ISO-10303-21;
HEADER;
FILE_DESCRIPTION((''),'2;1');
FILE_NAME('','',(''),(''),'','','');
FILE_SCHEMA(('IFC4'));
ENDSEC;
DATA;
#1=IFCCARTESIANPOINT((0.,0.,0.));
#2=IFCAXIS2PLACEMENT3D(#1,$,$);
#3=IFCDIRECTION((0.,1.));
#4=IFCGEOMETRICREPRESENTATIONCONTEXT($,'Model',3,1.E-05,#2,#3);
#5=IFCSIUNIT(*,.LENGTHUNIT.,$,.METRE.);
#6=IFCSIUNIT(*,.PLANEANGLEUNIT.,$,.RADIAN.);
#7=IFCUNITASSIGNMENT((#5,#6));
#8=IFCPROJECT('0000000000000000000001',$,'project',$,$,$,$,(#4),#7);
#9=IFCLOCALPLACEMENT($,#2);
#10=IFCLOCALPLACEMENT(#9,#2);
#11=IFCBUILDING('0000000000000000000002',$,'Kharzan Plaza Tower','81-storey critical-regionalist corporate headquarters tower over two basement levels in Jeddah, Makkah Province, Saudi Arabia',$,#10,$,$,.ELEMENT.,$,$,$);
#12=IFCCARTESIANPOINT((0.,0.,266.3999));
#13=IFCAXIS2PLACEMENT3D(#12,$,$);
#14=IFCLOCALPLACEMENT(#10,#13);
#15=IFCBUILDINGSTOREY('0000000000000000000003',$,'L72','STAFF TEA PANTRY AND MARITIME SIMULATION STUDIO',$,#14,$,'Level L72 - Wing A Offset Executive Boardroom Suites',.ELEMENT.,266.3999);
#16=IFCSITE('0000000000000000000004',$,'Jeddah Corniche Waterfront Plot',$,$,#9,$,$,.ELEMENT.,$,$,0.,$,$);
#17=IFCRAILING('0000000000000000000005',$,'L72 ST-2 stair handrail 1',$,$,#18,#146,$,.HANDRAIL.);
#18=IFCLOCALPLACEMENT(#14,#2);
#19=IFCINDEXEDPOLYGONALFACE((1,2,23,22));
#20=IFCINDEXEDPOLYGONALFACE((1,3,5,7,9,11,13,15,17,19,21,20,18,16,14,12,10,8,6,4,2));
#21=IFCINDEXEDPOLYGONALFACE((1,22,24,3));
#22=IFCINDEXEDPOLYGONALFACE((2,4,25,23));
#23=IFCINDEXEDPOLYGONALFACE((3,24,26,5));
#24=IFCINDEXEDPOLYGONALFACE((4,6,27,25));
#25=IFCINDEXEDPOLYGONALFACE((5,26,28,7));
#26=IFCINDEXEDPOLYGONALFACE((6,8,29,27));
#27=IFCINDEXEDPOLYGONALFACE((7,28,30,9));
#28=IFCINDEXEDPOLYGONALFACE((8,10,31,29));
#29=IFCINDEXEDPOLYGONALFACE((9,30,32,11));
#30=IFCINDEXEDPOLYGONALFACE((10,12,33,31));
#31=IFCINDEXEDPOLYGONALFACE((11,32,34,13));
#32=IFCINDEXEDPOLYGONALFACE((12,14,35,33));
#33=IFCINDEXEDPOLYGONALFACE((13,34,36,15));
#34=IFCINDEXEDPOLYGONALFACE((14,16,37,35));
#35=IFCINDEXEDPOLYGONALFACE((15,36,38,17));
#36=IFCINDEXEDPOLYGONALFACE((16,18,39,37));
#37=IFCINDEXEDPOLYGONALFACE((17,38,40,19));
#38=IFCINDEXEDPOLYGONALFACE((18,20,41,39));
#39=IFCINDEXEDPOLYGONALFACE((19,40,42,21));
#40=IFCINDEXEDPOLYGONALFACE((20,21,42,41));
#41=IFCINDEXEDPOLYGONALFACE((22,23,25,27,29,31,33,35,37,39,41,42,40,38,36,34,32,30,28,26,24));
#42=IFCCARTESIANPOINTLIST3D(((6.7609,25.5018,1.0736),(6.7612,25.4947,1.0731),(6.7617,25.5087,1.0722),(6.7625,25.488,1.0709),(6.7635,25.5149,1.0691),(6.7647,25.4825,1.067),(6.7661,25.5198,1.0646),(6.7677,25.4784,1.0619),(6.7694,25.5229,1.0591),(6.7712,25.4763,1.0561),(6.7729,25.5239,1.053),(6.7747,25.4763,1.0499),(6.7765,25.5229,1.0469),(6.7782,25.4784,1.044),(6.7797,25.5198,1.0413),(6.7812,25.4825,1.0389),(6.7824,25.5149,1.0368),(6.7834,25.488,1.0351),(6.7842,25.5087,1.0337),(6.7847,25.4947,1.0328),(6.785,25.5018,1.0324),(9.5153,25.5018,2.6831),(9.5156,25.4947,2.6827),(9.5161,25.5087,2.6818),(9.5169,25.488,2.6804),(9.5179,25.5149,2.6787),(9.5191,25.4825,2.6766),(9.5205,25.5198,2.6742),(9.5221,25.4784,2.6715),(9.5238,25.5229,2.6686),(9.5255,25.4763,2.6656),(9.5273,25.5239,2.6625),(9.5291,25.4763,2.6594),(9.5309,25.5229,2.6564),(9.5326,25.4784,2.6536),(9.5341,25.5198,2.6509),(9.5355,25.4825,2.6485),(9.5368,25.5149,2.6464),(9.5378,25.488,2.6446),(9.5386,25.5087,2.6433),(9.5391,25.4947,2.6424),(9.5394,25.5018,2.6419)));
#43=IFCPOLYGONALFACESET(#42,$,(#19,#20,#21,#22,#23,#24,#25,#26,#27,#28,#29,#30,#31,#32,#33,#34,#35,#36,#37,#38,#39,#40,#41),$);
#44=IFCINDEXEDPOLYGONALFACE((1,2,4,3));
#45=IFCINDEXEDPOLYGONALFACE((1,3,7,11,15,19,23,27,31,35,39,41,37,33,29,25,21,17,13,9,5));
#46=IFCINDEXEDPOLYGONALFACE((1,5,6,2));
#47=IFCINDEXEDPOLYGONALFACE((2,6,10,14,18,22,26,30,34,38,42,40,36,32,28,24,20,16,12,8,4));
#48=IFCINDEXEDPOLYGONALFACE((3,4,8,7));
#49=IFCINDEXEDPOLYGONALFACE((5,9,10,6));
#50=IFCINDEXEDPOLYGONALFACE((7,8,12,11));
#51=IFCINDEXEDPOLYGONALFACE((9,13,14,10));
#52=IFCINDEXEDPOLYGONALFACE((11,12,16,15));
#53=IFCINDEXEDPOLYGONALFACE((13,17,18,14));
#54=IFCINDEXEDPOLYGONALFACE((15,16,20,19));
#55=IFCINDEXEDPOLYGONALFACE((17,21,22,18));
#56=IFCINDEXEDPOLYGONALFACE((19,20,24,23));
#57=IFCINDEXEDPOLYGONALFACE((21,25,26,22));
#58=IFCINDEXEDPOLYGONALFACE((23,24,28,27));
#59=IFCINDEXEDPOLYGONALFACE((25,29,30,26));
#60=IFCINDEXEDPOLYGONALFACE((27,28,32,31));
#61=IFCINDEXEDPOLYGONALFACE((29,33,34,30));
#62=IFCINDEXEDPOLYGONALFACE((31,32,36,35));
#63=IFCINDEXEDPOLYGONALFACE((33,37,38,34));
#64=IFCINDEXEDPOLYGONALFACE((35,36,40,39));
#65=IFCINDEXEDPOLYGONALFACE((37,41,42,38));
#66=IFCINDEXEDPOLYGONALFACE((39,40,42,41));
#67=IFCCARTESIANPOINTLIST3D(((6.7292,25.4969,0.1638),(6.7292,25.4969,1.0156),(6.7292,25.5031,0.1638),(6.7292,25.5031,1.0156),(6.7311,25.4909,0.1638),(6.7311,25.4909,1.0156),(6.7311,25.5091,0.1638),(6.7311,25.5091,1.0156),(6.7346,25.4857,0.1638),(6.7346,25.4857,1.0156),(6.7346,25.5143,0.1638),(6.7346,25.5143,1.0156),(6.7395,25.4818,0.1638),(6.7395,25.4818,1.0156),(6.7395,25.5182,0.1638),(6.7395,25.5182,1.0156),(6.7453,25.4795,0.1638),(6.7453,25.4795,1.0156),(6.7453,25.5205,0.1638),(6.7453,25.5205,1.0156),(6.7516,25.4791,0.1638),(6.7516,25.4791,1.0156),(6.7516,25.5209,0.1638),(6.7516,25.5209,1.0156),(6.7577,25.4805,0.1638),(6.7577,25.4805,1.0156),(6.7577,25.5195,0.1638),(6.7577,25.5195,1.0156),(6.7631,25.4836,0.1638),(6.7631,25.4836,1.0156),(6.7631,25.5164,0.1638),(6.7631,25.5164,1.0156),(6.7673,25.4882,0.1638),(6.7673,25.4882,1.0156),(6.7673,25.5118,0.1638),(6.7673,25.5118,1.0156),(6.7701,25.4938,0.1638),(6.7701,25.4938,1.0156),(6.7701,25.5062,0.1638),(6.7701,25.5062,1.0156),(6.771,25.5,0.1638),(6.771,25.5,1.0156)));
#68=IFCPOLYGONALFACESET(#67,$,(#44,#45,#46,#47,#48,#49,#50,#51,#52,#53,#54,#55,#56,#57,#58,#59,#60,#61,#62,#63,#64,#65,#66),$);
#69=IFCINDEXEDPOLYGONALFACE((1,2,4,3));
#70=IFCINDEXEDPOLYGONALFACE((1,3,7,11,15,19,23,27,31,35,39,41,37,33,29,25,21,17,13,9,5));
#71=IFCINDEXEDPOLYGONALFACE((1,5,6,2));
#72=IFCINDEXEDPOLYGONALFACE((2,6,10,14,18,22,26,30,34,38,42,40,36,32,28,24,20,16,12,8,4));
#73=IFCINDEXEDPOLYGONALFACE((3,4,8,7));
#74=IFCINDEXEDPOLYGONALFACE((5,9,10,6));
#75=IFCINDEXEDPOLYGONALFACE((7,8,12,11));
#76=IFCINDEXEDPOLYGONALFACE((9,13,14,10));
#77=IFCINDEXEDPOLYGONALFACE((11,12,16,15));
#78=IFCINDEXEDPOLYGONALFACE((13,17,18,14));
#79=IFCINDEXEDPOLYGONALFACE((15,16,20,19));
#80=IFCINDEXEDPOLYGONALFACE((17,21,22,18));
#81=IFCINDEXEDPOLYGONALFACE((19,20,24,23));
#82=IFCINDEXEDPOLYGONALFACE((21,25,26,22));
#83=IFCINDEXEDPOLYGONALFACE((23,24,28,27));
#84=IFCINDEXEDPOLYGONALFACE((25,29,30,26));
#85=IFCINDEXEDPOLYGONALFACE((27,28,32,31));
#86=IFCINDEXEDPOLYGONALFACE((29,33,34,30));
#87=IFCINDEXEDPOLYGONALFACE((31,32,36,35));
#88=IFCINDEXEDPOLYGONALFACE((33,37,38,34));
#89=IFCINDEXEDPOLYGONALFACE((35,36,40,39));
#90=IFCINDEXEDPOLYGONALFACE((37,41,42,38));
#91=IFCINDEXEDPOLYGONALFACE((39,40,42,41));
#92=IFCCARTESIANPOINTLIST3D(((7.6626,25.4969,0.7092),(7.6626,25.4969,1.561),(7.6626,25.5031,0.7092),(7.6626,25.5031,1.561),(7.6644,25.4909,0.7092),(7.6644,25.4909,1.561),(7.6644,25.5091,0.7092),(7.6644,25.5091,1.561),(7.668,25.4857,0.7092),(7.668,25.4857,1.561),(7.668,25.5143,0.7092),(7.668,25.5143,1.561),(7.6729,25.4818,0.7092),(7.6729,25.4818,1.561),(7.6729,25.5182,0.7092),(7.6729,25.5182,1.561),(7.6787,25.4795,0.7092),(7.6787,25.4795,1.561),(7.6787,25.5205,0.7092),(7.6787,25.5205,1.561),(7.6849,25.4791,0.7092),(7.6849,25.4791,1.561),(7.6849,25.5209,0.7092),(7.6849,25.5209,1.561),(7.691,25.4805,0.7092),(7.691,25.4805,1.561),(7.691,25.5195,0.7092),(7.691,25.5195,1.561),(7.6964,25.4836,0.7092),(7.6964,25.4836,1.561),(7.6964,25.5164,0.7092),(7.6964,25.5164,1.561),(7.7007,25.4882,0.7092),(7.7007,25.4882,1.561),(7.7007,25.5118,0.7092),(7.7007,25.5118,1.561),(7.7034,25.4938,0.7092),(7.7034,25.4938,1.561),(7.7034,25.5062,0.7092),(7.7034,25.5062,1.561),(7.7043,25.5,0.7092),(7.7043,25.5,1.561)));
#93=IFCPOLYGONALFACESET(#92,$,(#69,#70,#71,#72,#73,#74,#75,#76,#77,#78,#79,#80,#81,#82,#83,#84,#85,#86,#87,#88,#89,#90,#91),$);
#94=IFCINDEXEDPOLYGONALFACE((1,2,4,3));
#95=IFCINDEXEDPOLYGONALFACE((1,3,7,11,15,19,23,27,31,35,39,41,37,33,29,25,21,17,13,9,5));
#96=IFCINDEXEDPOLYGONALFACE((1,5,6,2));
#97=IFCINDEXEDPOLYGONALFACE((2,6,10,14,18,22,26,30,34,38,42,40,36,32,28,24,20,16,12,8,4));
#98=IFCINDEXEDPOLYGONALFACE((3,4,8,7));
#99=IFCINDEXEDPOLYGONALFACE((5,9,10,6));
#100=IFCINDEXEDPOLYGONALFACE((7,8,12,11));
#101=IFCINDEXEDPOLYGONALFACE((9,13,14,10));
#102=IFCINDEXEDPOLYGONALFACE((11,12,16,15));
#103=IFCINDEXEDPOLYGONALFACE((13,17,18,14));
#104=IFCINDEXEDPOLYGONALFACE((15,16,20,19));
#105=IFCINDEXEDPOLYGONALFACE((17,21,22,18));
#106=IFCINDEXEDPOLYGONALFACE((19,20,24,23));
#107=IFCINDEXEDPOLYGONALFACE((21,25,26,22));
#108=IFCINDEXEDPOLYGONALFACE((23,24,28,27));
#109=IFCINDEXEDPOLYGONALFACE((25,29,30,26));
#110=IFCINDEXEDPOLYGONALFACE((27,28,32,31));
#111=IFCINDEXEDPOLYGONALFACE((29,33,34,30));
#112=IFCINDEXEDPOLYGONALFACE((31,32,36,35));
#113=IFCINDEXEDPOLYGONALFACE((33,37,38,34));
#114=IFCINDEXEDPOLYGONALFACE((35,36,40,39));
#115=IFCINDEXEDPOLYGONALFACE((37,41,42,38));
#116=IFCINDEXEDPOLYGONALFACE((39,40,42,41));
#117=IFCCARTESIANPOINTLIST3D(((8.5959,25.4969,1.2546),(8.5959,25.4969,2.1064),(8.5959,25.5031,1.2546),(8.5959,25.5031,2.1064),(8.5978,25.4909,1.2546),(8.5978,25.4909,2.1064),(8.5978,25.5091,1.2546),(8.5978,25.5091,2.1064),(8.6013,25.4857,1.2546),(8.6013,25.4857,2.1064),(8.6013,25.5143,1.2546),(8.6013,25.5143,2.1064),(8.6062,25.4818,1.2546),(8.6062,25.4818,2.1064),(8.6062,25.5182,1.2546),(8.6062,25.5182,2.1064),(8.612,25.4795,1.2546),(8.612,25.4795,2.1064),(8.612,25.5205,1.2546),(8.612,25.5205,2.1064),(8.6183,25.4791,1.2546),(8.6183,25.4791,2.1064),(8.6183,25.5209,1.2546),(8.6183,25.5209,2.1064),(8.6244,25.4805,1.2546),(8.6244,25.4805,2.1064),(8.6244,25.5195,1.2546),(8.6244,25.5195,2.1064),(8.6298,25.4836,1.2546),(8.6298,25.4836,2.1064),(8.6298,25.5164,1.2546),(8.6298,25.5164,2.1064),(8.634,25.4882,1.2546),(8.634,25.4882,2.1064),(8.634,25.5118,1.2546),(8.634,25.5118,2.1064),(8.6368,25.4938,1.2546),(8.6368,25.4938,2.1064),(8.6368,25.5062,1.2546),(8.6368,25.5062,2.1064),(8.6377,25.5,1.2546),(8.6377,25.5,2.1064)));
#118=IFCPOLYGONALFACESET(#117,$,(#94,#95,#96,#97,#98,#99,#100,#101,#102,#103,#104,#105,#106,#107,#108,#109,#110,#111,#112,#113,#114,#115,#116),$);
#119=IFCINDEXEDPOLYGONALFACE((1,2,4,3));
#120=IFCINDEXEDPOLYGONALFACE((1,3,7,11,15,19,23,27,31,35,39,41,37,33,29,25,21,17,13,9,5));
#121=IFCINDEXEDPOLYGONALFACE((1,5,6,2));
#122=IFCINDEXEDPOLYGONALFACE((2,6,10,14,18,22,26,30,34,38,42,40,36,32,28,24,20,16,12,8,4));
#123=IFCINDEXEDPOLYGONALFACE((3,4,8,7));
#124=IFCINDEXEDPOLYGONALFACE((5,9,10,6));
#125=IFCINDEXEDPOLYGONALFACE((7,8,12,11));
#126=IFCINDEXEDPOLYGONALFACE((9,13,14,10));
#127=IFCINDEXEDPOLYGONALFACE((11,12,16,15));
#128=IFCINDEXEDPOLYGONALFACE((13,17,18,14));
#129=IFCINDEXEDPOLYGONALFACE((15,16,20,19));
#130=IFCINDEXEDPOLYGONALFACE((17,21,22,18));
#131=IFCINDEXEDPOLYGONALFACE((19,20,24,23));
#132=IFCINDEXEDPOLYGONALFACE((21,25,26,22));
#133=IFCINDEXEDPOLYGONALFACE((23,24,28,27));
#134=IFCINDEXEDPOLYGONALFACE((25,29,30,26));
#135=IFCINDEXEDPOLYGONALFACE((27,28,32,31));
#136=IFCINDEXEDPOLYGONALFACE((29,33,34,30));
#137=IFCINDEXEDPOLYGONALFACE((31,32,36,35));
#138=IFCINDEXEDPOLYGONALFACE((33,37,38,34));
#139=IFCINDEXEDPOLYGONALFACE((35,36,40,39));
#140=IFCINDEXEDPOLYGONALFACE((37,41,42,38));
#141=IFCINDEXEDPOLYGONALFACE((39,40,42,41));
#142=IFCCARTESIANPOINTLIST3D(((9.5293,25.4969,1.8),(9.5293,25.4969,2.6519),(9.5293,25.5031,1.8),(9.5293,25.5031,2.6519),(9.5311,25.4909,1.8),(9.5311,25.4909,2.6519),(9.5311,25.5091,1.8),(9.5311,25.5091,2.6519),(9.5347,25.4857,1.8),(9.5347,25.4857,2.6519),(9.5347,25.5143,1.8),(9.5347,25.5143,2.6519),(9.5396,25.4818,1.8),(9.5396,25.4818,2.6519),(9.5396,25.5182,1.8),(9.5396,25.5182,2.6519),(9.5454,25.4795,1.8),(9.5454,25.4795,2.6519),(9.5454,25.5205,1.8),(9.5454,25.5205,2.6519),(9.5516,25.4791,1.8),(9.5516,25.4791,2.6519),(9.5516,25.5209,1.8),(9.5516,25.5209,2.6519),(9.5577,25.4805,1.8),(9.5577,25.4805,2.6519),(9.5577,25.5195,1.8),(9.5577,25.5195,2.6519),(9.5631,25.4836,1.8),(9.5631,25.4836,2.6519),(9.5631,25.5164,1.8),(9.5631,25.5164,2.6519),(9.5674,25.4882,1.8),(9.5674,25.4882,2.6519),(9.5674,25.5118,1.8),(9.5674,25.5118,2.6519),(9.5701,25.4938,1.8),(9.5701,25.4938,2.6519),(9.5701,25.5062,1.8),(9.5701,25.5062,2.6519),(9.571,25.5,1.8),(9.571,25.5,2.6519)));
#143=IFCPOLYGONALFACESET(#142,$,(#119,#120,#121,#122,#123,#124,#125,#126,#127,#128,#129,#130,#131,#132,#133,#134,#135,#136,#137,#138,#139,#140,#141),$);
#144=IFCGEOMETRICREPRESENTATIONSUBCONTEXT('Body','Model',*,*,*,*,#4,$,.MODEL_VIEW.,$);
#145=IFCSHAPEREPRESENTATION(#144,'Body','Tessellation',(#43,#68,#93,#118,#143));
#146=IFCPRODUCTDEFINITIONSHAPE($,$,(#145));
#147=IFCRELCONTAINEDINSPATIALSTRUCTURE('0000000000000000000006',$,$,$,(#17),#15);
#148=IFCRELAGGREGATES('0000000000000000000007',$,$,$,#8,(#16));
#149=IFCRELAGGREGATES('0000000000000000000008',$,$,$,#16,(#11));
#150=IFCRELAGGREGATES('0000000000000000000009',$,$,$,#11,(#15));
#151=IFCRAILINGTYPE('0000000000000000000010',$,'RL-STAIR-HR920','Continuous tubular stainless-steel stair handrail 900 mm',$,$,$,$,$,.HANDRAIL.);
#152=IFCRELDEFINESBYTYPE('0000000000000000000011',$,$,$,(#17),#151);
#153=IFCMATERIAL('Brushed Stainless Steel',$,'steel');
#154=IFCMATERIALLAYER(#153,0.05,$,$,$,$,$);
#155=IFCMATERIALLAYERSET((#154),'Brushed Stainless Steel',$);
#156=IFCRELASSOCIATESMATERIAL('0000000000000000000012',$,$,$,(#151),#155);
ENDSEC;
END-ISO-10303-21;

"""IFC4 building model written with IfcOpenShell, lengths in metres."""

from ifc_helpers import new_model, si_unit, direction, frame, origin, origin_2d, place, context, subcontext, project, spatial, circle, extrude, source, transform, mapped, material, layer, layer_set, type_object, element, save


model = new_model("IFC4")

# Units and contexts
model_context = context("Model", 3, precision=1e-05, world=origin(), true_north=direction((0.0, 1.0)))
body_context = subcontext(model_context, "Body", "Model", "MODEL_VIEW")
ifc_project = project(units=[si_unit("LENGTHUNIT", "METRE"), si_unit("PLANEANGLEUNIT", "RADIAN")], contexts=[model_context])

# Site, building, storey
site_placement = place(None, origin())
site = spatial("IfcSite", under=ifc_project, at=site_placement, Name="Jeddah Corniche Waterfront Plot", CompositionType="ELEMENT", RefElevation=0.0)
building_placement = place(site_placement, origin())
building = spatial("IfcBuilding", under=site, at=building_placement, Name="Kharzan Plaza Tower", Description="81-storey critical-regionalist corporate headquarters tower over two basement levels in Jeddah, Makkah Province, Saudi Arabia", CompositionType="ELEMENT")
storey_placement = place(building_placement, frame((0.0, 0.0, 266.3999)))
storey = spatial("IfcBuildingStorey", under=building, at=storey_placement, Name="L72", Description="STAFF TEA PANTRY AND MARITIME SIMULATION STUDIO", LongName="Level L72 - Wing A Offset Executive Boardroom Suites", CompositionType="ELEMENT", Elevation=266.3999)

# Shared definitions
ifc_material_1 = material(Name="Brushed Stainless Steel", Category="steel")

# Railing
ifc_layer_1 = layer(ifc_material_1, 0.05)
ifc_layer_set_1 = layer_set([ifc_layer_1], Name="Brushed Stainless Steel")
railing_type_1 = type_object("IfcRailingType", Name="RL-STAIR-HR920", Description="Continuous tubular stainless-steel stair handrail 900 mm", PredefinedType="HANDRAIL", material=ifc_layer_set_1)
shared_shape_1 = source(origin(), body_context, "Body", "SweptSolid", [
    extrude(circle(Radius=0.0239, at=origin_2d()), frame((0.0229, 0.0, 0.8892), z_axis=(0.863394, 0.0, 0.504531), x_axis=(0.0, 1.0, 0.0)), (0.0, 0.0, 1.0), 3.1902),
    extrude(circle(Radius=0.021, at=origin_2d()), origin(), (0.0, 0.0, 1.0), 0.8518),
    extrude(circle(Radius=0.021, at=origin_2d()), frame((0.9333, 0.0, 0.5454)), (0.0, 0.0, 1.0), 0.8518),
    extrude(circle(Radius=0.021, at=origin_2d()), frame((1.8667, 0.0, 1.0908)), (0.0, 0.0, 1.0), 0.8518),
    extrude(circle(Radius=0.021, at=origin_2d()), frame((2.8, 0.0, 1.6362)), (0.0, 0.0, 1.0), 0.8518),
])
railing_1_placement = place(storey_placement, frame((6.75, 25.5, 0.1638)))
element("IfcRailing", 1, at=railing_1_placement, inside=storey, type_object=railing_type_1, Name="L72 ST-2 stair handrail 1", PredefinedType="HANDRAIL", context=body_context, shape_type="MappedRepresentation", body=[
    mapped(shared_shape_1, transform((0.0, 0.0, 0.0), x_axis=(1.0, 0.0, 0.0), y_axis=(0.0, 1.0, 0.0), z_axis=(0.0, 0.0, 1.0))),
])

save(model, "model.ifc")
